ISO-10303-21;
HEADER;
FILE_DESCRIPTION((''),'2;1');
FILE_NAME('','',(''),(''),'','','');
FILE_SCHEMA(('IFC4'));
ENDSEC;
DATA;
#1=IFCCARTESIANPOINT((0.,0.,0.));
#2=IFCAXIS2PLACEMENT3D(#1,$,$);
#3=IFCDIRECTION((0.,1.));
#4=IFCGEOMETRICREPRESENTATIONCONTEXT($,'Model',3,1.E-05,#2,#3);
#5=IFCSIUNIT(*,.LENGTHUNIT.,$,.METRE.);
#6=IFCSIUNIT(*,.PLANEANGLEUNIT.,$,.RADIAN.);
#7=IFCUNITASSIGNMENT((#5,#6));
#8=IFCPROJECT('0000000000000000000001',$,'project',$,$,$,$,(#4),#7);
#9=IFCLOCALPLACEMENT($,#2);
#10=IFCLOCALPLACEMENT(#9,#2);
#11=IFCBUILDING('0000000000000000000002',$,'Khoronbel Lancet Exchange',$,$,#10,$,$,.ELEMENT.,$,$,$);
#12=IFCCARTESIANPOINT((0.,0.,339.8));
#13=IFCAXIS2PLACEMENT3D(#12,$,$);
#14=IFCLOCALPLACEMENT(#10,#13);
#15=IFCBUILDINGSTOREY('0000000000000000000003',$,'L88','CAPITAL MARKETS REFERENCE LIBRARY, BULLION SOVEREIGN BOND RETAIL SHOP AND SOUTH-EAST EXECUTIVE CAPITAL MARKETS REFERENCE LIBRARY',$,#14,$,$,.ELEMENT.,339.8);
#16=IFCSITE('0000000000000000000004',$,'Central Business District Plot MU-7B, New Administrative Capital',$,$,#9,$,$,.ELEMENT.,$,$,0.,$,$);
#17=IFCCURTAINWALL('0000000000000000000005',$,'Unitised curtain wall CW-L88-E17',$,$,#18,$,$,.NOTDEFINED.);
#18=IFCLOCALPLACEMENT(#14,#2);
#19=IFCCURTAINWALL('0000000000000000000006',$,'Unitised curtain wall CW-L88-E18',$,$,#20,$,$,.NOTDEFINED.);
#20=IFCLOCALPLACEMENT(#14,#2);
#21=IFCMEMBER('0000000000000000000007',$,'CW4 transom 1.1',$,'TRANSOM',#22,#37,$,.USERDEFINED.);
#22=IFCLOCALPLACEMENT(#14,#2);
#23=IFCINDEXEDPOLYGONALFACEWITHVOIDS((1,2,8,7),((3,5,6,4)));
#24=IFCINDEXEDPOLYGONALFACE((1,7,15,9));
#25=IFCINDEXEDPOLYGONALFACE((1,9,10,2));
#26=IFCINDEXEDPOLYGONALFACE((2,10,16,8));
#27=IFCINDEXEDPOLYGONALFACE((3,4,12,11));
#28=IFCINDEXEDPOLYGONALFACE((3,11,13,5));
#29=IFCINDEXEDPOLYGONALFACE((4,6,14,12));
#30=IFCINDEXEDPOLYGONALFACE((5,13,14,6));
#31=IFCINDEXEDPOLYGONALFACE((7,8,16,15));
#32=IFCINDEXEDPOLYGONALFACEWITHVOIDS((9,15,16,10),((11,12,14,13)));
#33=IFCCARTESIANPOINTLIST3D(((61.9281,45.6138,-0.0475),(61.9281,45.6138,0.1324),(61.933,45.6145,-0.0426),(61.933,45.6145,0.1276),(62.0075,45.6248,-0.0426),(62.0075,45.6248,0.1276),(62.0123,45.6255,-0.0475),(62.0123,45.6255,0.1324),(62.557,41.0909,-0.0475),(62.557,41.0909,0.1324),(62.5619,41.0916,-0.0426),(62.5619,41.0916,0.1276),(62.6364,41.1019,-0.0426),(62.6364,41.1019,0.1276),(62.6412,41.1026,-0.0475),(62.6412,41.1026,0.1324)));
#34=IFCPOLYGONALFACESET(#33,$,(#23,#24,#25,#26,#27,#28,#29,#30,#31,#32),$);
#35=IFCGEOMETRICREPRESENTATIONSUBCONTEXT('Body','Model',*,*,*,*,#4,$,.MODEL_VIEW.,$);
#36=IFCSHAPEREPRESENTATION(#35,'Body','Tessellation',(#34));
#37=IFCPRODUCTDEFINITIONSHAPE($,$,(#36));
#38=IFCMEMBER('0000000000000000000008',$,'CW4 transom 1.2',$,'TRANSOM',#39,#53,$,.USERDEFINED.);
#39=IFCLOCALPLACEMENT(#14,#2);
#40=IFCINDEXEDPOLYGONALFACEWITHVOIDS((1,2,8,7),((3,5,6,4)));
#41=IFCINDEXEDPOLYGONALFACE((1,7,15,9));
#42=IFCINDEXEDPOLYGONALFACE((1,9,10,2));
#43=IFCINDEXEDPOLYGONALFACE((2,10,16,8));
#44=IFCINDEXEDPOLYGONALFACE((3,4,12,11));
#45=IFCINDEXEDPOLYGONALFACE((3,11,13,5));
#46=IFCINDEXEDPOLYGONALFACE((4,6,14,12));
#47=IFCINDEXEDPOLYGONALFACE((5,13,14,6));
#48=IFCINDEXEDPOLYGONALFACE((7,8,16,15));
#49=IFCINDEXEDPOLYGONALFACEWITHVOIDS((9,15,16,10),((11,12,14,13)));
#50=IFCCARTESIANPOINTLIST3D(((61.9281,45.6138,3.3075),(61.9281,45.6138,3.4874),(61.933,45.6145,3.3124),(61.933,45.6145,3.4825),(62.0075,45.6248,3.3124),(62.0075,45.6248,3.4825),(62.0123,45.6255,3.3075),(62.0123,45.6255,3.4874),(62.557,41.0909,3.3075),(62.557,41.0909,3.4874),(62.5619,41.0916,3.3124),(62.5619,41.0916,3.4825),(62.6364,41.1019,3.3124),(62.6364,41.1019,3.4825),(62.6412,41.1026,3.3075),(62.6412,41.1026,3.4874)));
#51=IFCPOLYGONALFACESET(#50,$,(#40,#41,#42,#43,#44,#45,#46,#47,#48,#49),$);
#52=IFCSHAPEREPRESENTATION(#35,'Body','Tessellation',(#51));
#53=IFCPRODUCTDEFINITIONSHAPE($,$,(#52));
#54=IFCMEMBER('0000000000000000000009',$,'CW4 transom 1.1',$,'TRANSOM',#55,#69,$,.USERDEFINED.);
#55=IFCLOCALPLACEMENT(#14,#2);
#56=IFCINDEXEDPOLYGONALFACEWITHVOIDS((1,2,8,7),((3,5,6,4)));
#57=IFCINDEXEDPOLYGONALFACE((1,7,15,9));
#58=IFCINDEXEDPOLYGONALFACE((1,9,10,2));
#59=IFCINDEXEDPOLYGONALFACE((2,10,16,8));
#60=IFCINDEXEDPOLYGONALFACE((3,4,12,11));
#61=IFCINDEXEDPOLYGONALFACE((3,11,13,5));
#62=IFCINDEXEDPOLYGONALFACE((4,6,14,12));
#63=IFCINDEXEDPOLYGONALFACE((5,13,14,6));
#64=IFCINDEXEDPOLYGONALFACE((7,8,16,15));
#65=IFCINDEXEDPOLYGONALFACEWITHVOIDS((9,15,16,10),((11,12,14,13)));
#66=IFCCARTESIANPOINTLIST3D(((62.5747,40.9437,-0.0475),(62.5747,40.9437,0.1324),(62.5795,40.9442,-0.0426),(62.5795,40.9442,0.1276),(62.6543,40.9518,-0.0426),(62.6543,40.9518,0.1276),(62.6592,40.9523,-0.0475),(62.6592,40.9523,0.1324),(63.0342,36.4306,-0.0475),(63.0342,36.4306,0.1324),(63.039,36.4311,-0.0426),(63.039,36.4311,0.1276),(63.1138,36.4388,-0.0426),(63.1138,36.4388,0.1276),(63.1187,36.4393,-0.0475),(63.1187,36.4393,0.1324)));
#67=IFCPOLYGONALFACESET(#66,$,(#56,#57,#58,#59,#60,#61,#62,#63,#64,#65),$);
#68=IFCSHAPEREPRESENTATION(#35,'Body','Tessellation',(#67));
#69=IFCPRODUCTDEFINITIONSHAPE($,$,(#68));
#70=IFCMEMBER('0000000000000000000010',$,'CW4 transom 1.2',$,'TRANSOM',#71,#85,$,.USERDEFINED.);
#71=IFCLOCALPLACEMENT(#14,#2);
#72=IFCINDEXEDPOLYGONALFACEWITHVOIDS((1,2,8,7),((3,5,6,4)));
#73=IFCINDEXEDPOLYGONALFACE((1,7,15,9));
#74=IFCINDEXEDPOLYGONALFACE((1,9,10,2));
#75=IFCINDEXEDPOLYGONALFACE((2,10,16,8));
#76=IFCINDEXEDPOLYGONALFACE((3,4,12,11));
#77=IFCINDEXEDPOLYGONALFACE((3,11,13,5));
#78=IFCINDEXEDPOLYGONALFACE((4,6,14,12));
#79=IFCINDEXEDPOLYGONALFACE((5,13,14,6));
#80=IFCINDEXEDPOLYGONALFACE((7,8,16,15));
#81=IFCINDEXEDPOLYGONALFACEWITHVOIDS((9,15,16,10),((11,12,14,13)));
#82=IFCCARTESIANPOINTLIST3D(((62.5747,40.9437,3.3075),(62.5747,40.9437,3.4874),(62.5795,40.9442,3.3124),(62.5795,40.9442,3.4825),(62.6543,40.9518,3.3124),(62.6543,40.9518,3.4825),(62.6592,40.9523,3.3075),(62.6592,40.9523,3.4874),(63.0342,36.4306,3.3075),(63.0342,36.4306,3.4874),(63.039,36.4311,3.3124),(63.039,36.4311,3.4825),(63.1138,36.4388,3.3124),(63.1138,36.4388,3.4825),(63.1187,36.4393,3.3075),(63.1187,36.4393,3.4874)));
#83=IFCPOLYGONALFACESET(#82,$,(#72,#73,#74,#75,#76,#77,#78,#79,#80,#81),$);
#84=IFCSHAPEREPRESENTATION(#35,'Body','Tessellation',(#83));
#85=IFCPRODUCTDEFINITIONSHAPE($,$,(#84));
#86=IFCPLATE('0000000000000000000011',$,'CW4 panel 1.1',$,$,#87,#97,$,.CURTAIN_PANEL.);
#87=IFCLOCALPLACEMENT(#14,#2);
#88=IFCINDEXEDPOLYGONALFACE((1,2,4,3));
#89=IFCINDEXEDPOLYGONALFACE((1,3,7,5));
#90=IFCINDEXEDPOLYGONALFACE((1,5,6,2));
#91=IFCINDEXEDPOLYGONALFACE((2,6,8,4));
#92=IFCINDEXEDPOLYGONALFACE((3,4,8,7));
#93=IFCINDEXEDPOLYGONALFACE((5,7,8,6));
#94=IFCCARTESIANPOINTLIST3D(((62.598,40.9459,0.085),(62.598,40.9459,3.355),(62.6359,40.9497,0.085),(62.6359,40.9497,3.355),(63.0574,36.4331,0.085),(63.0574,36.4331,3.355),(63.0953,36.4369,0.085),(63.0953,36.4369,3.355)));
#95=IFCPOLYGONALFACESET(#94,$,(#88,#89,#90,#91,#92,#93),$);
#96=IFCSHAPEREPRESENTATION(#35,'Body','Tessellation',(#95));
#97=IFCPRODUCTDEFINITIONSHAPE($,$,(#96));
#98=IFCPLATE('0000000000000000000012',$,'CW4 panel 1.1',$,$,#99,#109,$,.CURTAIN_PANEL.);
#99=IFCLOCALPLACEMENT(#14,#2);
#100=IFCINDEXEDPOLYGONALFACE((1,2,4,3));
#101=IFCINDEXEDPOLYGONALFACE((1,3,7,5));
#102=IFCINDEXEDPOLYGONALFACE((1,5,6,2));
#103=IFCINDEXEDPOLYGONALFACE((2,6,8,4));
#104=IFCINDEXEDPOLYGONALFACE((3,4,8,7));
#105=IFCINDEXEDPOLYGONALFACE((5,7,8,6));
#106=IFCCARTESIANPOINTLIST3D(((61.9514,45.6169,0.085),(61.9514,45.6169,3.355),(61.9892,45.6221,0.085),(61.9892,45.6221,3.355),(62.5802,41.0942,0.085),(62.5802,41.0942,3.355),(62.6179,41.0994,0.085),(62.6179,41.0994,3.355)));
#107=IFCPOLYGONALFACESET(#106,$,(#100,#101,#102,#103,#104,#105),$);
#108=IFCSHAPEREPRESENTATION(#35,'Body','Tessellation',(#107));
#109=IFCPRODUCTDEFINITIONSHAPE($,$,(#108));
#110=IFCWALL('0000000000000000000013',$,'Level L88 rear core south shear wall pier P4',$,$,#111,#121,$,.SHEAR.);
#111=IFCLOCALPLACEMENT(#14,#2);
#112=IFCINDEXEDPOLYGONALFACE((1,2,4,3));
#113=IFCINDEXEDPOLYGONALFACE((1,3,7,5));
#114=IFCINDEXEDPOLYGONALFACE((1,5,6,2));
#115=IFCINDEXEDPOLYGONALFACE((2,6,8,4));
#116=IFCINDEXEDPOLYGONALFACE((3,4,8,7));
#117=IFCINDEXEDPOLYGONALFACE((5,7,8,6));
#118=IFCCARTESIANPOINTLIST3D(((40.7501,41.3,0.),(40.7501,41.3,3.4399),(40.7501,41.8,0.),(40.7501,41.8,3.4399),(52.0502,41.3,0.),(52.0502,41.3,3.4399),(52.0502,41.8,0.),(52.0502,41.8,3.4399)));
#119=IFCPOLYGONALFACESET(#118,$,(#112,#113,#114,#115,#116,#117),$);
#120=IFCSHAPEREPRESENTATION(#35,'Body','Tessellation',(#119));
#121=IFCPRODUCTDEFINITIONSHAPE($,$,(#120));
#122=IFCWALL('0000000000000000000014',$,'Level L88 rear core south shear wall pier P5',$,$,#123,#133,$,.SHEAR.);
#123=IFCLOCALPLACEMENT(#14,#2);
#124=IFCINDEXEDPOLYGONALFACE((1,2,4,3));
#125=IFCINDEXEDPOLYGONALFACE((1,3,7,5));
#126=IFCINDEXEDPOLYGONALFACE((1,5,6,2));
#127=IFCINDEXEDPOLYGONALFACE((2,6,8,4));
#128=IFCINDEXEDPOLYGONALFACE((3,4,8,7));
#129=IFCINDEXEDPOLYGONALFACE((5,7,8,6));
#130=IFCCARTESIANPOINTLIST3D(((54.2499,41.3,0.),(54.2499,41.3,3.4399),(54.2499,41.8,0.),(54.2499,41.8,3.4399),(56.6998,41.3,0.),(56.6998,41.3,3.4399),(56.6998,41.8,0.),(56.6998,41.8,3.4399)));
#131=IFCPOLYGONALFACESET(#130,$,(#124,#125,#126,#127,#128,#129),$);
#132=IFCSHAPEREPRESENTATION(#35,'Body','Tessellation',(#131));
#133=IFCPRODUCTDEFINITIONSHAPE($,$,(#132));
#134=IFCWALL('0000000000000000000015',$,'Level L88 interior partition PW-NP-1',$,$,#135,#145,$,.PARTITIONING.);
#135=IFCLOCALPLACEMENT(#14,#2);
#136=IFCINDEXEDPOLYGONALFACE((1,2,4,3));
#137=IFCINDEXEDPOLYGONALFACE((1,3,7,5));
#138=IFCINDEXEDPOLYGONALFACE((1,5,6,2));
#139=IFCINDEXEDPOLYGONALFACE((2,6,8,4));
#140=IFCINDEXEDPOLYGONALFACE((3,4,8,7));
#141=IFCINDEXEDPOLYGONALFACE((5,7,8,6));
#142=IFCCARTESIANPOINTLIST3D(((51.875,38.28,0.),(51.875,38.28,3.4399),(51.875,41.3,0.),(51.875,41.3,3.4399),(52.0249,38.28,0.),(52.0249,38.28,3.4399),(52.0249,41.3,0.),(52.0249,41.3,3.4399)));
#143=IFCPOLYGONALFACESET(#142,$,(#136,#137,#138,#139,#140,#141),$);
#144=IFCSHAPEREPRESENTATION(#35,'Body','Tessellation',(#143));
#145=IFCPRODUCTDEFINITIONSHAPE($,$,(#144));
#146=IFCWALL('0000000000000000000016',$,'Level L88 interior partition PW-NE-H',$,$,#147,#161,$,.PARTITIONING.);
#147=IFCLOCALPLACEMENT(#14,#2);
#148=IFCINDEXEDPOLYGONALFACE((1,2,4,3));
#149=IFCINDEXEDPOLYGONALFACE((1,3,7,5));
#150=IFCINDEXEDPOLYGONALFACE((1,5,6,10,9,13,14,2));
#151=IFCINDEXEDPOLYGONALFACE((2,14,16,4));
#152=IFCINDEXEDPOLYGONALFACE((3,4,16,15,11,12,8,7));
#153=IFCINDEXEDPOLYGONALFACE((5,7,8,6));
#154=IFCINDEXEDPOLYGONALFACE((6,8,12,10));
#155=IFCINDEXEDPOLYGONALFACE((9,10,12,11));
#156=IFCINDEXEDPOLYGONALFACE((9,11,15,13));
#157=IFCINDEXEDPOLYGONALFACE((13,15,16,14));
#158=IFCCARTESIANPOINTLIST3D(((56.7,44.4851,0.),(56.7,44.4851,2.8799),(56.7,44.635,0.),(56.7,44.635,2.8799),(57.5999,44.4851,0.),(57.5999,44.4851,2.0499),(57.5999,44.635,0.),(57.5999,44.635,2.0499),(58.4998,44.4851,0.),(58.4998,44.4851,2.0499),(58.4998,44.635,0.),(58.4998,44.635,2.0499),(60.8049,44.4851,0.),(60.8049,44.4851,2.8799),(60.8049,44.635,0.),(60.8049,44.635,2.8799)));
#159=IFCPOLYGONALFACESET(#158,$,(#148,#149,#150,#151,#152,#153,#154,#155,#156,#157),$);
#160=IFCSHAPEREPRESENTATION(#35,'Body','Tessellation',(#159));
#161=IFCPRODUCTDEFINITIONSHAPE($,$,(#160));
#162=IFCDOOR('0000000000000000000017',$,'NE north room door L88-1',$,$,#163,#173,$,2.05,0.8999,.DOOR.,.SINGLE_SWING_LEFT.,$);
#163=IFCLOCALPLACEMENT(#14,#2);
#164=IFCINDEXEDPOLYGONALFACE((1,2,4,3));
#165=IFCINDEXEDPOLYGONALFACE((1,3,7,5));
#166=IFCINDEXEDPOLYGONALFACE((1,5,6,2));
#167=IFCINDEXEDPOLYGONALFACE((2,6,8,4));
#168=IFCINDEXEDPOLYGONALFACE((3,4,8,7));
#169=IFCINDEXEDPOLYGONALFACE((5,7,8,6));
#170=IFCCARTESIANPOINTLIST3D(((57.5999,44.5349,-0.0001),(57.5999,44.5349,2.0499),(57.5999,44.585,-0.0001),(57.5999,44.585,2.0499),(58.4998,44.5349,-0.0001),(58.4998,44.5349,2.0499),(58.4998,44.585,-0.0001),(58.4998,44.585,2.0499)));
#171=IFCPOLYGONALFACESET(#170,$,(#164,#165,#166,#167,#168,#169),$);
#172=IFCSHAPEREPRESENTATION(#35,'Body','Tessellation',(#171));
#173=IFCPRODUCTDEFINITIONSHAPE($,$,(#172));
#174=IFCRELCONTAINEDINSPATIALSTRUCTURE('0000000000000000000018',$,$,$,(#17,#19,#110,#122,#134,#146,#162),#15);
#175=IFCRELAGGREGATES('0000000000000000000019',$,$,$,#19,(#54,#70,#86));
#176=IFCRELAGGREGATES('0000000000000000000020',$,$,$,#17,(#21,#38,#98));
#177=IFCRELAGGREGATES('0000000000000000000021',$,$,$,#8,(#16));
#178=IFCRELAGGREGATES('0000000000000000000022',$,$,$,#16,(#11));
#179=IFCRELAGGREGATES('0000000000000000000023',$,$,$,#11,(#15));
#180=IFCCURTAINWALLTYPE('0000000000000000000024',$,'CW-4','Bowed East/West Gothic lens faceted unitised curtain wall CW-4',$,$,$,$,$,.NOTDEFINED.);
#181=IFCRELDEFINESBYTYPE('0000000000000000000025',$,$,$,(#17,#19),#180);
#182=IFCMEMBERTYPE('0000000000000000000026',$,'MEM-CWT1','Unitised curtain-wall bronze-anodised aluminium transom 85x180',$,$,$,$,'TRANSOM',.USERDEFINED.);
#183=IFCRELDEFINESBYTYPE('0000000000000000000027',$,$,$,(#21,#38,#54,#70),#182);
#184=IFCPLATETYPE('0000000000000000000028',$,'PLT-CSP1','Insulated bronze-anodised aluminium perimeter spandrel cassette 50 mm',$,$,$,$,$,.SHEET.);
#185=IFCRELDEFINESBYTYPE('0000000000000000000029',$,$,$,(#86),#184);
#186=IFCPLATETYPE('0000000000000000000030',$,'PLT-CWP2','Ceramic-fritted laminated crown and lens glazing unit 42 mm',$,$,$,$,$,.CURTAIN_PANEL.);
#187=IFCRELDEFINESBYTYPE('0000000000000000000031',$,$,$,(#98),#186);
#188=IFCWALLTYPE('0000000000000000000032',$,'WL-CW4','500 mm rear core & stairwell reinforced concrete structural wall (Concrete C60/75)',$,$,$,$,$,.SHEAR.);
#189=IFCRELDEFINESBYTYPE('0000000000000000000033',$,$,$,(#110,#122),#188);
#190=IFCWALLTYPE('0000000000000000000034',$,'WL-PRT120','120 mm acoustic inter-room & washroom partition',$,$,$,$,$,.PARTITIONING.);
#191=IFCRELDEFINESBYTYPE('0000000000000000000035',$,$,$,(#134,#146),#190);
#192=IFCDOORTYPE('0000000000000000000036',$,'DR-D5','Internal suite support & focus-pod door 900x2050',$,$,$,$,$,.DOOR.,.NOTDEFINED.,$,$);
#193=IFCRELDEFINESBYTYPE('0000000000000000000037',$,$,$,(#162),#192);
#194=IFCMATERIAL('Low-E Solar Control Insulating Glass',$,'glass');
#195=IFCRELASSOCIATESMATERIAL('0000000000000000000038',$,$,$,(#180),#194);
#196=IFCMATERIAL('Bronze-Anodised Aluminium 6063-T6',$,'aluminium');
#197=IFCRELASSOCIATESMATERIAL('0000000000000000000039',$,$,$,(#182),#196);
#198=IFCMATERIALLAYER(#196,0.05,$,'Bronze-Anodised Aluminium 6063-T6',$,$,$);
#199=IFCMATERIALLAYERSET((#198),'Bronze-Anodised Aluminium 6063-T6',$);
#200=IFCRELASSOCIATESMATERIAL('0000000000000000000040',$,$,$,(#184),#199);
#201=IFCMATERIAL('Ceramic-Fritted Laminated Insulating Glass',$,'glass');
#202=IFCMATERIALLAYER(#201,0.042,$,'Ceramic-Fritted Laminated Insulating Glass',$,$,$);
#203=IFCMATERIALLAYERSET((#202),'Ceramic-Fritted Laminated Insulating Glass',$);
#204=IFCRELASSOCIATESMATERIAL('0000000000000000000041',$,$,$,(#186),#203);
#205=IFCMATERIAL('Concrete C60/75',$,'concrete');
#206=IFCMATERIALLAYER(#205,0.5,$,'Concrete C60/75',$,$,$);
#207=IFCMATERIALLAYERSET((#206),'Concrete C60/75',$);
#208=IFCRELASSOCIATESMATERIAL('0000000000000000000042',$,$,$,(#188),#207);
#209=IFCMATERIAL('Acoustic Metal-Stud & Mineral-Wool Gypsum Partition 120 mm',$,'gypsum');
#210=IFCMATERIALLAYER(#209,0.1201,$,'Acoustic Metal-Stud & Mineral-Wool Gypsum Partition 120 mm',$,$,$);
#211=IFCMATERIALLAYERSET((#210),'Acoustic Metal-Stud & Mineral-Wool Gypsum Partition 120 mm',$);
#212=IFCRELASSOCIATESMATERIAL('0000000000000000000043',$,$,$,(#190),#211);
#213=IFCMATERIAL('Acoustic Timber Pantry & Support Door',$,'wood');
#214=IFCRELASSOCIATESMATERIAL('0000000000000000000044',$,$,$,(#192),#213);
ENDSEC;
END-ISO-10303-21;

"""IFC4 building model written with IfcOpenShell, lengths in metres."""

from ifc_helpers import new_model, si_unit, direction, frame, frame_2d, origin, origin_2d, place, context, subcontext, project, spatial, rectangle, hollow_rectangle, extrude, material, layer, layer_set, material_profile, profile_set, type_object, element, fill, aggregate, save


model = new_model("IFC4")

# Units and contexts
model_context = context("Model", 3, precision=1e-05, world=origin(), true_north=direction((0.0, 1.0)))
body_context = subcontext(model_context, "Body", "Model", "MODEL_VIEW")
ifc_project = project(units=[si_unit("LENGTHUNIT", "METRE"), si_unit("PLANEANGLEUNIT", "RADIAN")], contexts=[model_context])

# Site, building, storey
site_placement = place(None, origin())
site = spatial("IfcSite", under=ifc_project, at=site_placement, Name="Central Business District Plot MU-7B, New Administrative Capital", CompositionType="ELEMENT", RefElevation=0.0)
building_placement = place(site_placement, origin())
building = spatial("IfcBuilding", under=site, at=building_placement, Name="Khoronbel Lancet Exchange", CompositionType="ELEMENT")
storey_placement = place(building_placement, frame((0.0, 0.0, 339.8)))
storey = spatial("IfcBuildingStorey", under=building, at=storey_placement, Name="L88", Description="CAPITAL MARKETS REFERENCE LIBRARY, BULLION SOVEREIGN BOND RETAIL SHOP AND SOUTH-EAST EXECUTIVE CAPITAL MARKETS REFERENCE LIBRARY", CompositionType="ELEMENT", Elevation=339.8)

# Shared definitions
ifc_material_1 = material(Name="Concrete C60/75", Category="concrete")

# Curtain wall
ifc_material_2 = material(Name="Low-E Solar Control Insulating Glass", Category="glass")
curtain_wall_type = type_object("IfcCurtainWallType", Name="CW-4", Description="Bowed East/West Gothic lens faceted unitised curtain wall CW-4", PredefinedType="NOTDEFINED", material=ifc_material_2)
curtain_wall_1_placement = place(storey_placement, origin())
curtain_wall_1 = element("IfcCurtainWall", 1, at=curtain_wall_1_placement, inside=storey, type_object=curtain_wall_type, Name="Unitised curtain wall CW-L88-E17", PredefinedType="NOTDEFINED")
ifc_material_3 = material(Name="Bronze-Anodised Aluminium 6063-T6", Category="aluminium")

# Curtain wall
curtain_wall_2_placement = place(storey_placement, origin())
curtain_wall_2 = element("IfcCurtainWall", 2, at=curtain_wall_2_placement, inside=storey, type_object=curtain_wall_type, Name="Unitised curtain wall CW-L88-E18", PredefinedType="NOTDEFINED")

# Members
ifc_material_profile_1 = material_profile(ifc_material_3, hollow_rectangle(XDim=0.085, YDim=0.1799, WallThickness=0.0049, at=origin_2d()), Name="ALU TRANSOM 85x180")
ifc_profile_set_1 = profile_set([ifc_material_profile_1], Name="Bronze-Anodised Aluminium 6063-T6")
member_type_1 = type_object("IfcMemberType", Name="MEM-CWT1", Description="Unitised curtain-wall bronze-anodised aluminium transom 85x180", ElementType="TRANSOM", PredefinedType="USERDEFINED", material=ifc_profile_set_1)
member_1_placement = place(storey_placement, frame((61.9702, 45.6196, 0.0425), z_axis=(0.137723, -0.990471, 0.0), x_axis=(0.990471, 0.137723, 0.0)))
member_1 = element("IfcMember", 3, at=member_1_placement, type_object=member_type_1, Name="CW4 transom 1.1", ObjectType="TRANSOM", PredefinedType="USERDEFINED", context=body_context, shape_type="SweptSolid", body=[
    extrude(hollow_rectangle(XDim=0.085, YDim=0.1799, WallThickness=0.0049, at=origin_2d()), origin(), (0.0, 0.0, 1.0), 4.5664),
])
member_2_placement = place(storey_placement, frame((61.9702, 45.6196, 3.3975), z_axis=(0.137723, -0.990471, 0.0), x_axis=(0.990471, 0.137723, 0.0)))
member_2 = element("IfcMember", 4, at=member_2_placement, type_object=member_type_1, Name="CW4 transom 1.2", ObjectType="TRANSOM", PredefinedType="USERDEFINED", context=body_context, shape_type="SweptSolid", body=[
    extrude(hollow_rectangle(XDim=0.085, YDim=0.1799, WallThickness=0.0049, at=origin_2d()), origin(), (0.0, 0.0, 1.0), 4.5664),
])
member_3_placement = place(storey_placement, frame((62.6169, 40.948, 0.0425), z_axis=(0.101289, -0.994857, 0.0), x_axis=(0.994857, 0.101289, 0.0)))
member_3 = element("IfcMember", 5, at=member_3_placement, type_object=member_type_1, Name="CW4 transom 1.1", ObjectType="TRANSOM", PredefinedType="USERDEFINED", context=body_context, shape_type="SweptSolid", body=[
    extrude(hollow_rectangle(XDim=0.085, YDim=0.1799, WallThickness=0.0049, at=origin_2d()), origin(), (0.0, 0.0, 1.0), 4.5364),
])
member_4_placement = place(storey_placement, frame((62.6169, 40.948, 3.3975), z_axis=(0.101289, -0.994857, 0.0), x_axis=(0.994857, 0.101289, 0.0)))
member_4 = element("IfcMember", 6, at=member_4_placement, type_object=member_type_1, Name="CW4 transom 1.2", ObjectType="TRANSOM", PredefinedType="USERDEFINED", context=body_context, shape_type="SweptSolid", body=[
    extrude(hollow_rectangle(XDim=0.085, YDim=0.1799, WallThickness=0.0049, at=origin_2d()), origin(), (0.0, 0.0, 1.0), 4.5364),
])

# Plates
ifc_layer_1 = layer(ifc_material_3, 0.05, Name="Bronze-Anodised Aluminium 6063-T6")
ifc_layer_set_1 = layer_set([ifc_layer_1], Name="Bronze-Anodised Aluminium 6063-T6")
plate_type_1 = type_object("IfcPlateType", Name="PLT-CSP1", Description="Insulated bronze-anodised aluminium perimeter spandrel cassette 50 mm", PredefinedType="SHEET", material=ifc_layer_set_1)
plate_1_placement = place(storey_placement, frame((62.8467, 38.6914, 0.085), z_axis=(0.0, 0.0, 1.0), x_axis=(0.101278, -0.994858, 0.0)))
plate_1 = element("IfcPlate", 7, at=plate_1_placement, type_object=plate_type_1, Name="CW4 panel 1.1", PredefinedType="CURTAIN_PANEL", context=body_context, shape_type="SweptSolid", body=[
    extrude(rectangle(XDim=4.5361, YDim=0.0381, at=origin_2d()), origin(), (0.0, 0.0, 1.0), 3.27),
])
aggregate(curtain_wall_2, [member_3, member_4, plate_1])
ifc_material_4 = material(Name="Ceramic-Fritted Laminated Insulating Glass", Category="glass")
ifc_layer_2 = layer(ifc_material_4, 0.042, Name="Ceramic-Fritted Laminated Insulating Glass")
ifc_layer_set_2 = layer_set([ifc_layer_2], Name="Ceramic-Fritted Laminated Insulating Glass")
plate_type_2 = type_object("IfcPlateType", Name="PLT-CWP2", Description="Ceramic-fritted laminated crown and lens glazing unit 42 mm", PredefinedType="CURTAIN_PANEL", material=ifc_layer_set_2)
plate_2_placement = place(storey_placement, frame((62.2847, 43.3582, 0.085), z_axis=(0.0, 0.0, 1.0), x_axis=(0.137695, -0.990475, 0.0)))
plate_2 = element("IfcPlate", 8, at=plate_2_placement, type_object=plate_type_2, Name="CW4 panel 1.1", PredefinedType="CURTAIN_PANEL", context=body_context, shape_type="SweptSolid", body=[
    extrude(rectangle(XDim=4.5662, YDim=0.0381, at=origin_2d()), origin(), (0.0, 0.0, 1.0), 3.27),
])
aggregate(curtain_wall_1, [member_1, member_2, plate_2])

# Walls
ifc_layer_3 = layer(ifc_material_1, 0.5, Name="Concrete C60/75")
ifc_layer_set_3 = layer_set([ifc_layer_3], Name="Concrete C60/75")
wall_type_1 = type_object("IfcWallType", Name="WL-CW4", Description="500 mm rear core & stairwell reinforced concrete structural wall (Concrete C60/75)", PredefinedType="SHEAR", material=ifc_layer_set_3)
wall_1_placement = place(storey_placement, frame((52.05, 41.55, 0.0), z_axis=(0.0, 0.0, 1.0), x_axis=(-1.0, 0.0, 0.0)))
element("IfcWall", 9, at=wall_1_placement, inside=storey, type_object=wall_type_1, Name="Level L88 rear core south shear wall pier P4", PredefinedType="SHEAR", context=body_context, shape_type="SweptSolid", body=[
    extrude(rectangle(XDim=11.3, YDim=0.5, at=frame_2d((5.6499, 0.0))), origin(), (0.0, 0.0, 1.0), 3.4399),
])
wall_2_placement = place(storey_placement, frame((56.7, 41.55, 0.0), z_axis=(0.0, 0.0, 1.0), x_axis=(-1.0, 0.0, 0.0)))
element("IfcWall", 10, at=wall_2_placement, inside=storey, type_object=wall_type_1, Name="Level L88 rear core south shear wall pier P5", PredefinedType="SHEAR", context=body_context, shape_type="SweptSolid", body=[
    extrude(rectangle(XDim=2.45, YDim=0.5, at=frame_2d((1.2251, 0.0))), origin(), (0.0, 0.0, 1.0), 3.4399),
])
ifc_material_5 = material(Name="Acoustic Metal-Stud & Mineral-Wool Gypsum Partition 120 mm", Category="gypsum")
ifc_layer_4 = layer(ifc_material_5, 0.1201, Name="Acoustic Metal-Stud & Mineral-Wool Gypsum Partition 120 mm")
ifc_layer_set_4 = layer_set([ifc_layer_4], Name="Acoustic Metal-Stud & Mineral-Wool Gypsum Partition 120 mm")
wall_type_2 = type_object("IfcWallType", Name="WL-PRT120", Description="120 mm acoustic inter-room & washroom partition", PredefinedType="PARTITIONING", material=ifc_layer_set_4)
wall_3_placement = place(storey_placement, frame((51.95, 38.28, 0.0), z_axis=(0.0, 0.0, 1.0), x_axis=(0.0, 1.0, 0.0)))
element("IfcWall", 11, at=wall_3_placement, inside=storey, type_object=wall_type_2, Name="Level L88 interior partition PW-NP-1", PredefinedType="PARTITIONING", context=body_context, shape_type="SweptSolid", body=[
    extrude(rectangle(XDim=3.02, YDim=0.1499, at=frame_2d((1.51, 0.0))), origin(), (0.0, 0.0, 1.0), 3.4399),
])

# Wall, opening, door
wall_4_placement = place(storey_placement, frame((56.7, 44.5601, 0.0), z_axis=(0.0, 0.0, 1.0), x_axis=(1.0, 0.0, 0.0)))
wall_4 = element("IfcWall", 12, at=wall_4_placement, inside=storey, type_object=wall_type_2, Name="Level L88 interior partition PW-NE-H", PredefinedType="PARTITIONING", context=body_context, shape_type="SweptSolid", body=[
    extrude(rectangle(XDim=4.105, YDim=0.1499, at=frame_2d((2.0525, 0.0))), origin(), (0.0, 0.0, 1.0), 2.8799),
])
opening_1_placement = place(wall_4_placement, frame((0.8999, 0.0, 0.0)))
opening_1 = element("IfcOpeningElement", 13, at=opening_1_placement, cuts=wall_4, PredefinedType="OPENING", context=body_context, shape_type="SweptSolid", body=[
    extrude(rectangle(XDim=0.8999, YDim=2.05, at=frame_2d((0.45, 1.0249))), frame((0.0, 0.085, 0.0), z_axis=(0.0, -1.0, 0.0), x_axis=(1.0, 0.0, 0.0)), (0.0, 0.0, 1.0), 0.1699),
])
ifc_material_6 = material(Name="Acoustic Timber Pantry & Support Door", Category="wood")
door_type_1 = type_object("IfcDoorType", Name="DR-D5", Description="Internal suite support & focus-pod door 900x2050", OperationType="NOTDEFINED", PredefinedType="DOOR", material=ifc_material_6)
door_1_placement = place(opening_1_placement, origin())
door_1 = element("IfcDoor", 14, at=door_1_placement, inside=storey, type_object=door_type_1, Name="NE north room door L88-1", OperationType="SINGLE_SWING_LEFT", OverallHeight=2.05, OverallWidth=0.8999, PredefinedType="DOOR", context=body_context, shape_type="SweptSolid", body=[
    extrude(rectangle(XDim=0.8999, YDim=2.05, at=frame_2d((0.45, 1.0249))), frame((0.0, 0.0249, 0.0), z_axis=(0.0, -1.0, 0.0), x_axis=(1.0, 0.0, 0.0)), (0.0, 0.0, 1.0), 0.05),
])
fill(opening_1, door_1)

save(model, "model.ifc")
